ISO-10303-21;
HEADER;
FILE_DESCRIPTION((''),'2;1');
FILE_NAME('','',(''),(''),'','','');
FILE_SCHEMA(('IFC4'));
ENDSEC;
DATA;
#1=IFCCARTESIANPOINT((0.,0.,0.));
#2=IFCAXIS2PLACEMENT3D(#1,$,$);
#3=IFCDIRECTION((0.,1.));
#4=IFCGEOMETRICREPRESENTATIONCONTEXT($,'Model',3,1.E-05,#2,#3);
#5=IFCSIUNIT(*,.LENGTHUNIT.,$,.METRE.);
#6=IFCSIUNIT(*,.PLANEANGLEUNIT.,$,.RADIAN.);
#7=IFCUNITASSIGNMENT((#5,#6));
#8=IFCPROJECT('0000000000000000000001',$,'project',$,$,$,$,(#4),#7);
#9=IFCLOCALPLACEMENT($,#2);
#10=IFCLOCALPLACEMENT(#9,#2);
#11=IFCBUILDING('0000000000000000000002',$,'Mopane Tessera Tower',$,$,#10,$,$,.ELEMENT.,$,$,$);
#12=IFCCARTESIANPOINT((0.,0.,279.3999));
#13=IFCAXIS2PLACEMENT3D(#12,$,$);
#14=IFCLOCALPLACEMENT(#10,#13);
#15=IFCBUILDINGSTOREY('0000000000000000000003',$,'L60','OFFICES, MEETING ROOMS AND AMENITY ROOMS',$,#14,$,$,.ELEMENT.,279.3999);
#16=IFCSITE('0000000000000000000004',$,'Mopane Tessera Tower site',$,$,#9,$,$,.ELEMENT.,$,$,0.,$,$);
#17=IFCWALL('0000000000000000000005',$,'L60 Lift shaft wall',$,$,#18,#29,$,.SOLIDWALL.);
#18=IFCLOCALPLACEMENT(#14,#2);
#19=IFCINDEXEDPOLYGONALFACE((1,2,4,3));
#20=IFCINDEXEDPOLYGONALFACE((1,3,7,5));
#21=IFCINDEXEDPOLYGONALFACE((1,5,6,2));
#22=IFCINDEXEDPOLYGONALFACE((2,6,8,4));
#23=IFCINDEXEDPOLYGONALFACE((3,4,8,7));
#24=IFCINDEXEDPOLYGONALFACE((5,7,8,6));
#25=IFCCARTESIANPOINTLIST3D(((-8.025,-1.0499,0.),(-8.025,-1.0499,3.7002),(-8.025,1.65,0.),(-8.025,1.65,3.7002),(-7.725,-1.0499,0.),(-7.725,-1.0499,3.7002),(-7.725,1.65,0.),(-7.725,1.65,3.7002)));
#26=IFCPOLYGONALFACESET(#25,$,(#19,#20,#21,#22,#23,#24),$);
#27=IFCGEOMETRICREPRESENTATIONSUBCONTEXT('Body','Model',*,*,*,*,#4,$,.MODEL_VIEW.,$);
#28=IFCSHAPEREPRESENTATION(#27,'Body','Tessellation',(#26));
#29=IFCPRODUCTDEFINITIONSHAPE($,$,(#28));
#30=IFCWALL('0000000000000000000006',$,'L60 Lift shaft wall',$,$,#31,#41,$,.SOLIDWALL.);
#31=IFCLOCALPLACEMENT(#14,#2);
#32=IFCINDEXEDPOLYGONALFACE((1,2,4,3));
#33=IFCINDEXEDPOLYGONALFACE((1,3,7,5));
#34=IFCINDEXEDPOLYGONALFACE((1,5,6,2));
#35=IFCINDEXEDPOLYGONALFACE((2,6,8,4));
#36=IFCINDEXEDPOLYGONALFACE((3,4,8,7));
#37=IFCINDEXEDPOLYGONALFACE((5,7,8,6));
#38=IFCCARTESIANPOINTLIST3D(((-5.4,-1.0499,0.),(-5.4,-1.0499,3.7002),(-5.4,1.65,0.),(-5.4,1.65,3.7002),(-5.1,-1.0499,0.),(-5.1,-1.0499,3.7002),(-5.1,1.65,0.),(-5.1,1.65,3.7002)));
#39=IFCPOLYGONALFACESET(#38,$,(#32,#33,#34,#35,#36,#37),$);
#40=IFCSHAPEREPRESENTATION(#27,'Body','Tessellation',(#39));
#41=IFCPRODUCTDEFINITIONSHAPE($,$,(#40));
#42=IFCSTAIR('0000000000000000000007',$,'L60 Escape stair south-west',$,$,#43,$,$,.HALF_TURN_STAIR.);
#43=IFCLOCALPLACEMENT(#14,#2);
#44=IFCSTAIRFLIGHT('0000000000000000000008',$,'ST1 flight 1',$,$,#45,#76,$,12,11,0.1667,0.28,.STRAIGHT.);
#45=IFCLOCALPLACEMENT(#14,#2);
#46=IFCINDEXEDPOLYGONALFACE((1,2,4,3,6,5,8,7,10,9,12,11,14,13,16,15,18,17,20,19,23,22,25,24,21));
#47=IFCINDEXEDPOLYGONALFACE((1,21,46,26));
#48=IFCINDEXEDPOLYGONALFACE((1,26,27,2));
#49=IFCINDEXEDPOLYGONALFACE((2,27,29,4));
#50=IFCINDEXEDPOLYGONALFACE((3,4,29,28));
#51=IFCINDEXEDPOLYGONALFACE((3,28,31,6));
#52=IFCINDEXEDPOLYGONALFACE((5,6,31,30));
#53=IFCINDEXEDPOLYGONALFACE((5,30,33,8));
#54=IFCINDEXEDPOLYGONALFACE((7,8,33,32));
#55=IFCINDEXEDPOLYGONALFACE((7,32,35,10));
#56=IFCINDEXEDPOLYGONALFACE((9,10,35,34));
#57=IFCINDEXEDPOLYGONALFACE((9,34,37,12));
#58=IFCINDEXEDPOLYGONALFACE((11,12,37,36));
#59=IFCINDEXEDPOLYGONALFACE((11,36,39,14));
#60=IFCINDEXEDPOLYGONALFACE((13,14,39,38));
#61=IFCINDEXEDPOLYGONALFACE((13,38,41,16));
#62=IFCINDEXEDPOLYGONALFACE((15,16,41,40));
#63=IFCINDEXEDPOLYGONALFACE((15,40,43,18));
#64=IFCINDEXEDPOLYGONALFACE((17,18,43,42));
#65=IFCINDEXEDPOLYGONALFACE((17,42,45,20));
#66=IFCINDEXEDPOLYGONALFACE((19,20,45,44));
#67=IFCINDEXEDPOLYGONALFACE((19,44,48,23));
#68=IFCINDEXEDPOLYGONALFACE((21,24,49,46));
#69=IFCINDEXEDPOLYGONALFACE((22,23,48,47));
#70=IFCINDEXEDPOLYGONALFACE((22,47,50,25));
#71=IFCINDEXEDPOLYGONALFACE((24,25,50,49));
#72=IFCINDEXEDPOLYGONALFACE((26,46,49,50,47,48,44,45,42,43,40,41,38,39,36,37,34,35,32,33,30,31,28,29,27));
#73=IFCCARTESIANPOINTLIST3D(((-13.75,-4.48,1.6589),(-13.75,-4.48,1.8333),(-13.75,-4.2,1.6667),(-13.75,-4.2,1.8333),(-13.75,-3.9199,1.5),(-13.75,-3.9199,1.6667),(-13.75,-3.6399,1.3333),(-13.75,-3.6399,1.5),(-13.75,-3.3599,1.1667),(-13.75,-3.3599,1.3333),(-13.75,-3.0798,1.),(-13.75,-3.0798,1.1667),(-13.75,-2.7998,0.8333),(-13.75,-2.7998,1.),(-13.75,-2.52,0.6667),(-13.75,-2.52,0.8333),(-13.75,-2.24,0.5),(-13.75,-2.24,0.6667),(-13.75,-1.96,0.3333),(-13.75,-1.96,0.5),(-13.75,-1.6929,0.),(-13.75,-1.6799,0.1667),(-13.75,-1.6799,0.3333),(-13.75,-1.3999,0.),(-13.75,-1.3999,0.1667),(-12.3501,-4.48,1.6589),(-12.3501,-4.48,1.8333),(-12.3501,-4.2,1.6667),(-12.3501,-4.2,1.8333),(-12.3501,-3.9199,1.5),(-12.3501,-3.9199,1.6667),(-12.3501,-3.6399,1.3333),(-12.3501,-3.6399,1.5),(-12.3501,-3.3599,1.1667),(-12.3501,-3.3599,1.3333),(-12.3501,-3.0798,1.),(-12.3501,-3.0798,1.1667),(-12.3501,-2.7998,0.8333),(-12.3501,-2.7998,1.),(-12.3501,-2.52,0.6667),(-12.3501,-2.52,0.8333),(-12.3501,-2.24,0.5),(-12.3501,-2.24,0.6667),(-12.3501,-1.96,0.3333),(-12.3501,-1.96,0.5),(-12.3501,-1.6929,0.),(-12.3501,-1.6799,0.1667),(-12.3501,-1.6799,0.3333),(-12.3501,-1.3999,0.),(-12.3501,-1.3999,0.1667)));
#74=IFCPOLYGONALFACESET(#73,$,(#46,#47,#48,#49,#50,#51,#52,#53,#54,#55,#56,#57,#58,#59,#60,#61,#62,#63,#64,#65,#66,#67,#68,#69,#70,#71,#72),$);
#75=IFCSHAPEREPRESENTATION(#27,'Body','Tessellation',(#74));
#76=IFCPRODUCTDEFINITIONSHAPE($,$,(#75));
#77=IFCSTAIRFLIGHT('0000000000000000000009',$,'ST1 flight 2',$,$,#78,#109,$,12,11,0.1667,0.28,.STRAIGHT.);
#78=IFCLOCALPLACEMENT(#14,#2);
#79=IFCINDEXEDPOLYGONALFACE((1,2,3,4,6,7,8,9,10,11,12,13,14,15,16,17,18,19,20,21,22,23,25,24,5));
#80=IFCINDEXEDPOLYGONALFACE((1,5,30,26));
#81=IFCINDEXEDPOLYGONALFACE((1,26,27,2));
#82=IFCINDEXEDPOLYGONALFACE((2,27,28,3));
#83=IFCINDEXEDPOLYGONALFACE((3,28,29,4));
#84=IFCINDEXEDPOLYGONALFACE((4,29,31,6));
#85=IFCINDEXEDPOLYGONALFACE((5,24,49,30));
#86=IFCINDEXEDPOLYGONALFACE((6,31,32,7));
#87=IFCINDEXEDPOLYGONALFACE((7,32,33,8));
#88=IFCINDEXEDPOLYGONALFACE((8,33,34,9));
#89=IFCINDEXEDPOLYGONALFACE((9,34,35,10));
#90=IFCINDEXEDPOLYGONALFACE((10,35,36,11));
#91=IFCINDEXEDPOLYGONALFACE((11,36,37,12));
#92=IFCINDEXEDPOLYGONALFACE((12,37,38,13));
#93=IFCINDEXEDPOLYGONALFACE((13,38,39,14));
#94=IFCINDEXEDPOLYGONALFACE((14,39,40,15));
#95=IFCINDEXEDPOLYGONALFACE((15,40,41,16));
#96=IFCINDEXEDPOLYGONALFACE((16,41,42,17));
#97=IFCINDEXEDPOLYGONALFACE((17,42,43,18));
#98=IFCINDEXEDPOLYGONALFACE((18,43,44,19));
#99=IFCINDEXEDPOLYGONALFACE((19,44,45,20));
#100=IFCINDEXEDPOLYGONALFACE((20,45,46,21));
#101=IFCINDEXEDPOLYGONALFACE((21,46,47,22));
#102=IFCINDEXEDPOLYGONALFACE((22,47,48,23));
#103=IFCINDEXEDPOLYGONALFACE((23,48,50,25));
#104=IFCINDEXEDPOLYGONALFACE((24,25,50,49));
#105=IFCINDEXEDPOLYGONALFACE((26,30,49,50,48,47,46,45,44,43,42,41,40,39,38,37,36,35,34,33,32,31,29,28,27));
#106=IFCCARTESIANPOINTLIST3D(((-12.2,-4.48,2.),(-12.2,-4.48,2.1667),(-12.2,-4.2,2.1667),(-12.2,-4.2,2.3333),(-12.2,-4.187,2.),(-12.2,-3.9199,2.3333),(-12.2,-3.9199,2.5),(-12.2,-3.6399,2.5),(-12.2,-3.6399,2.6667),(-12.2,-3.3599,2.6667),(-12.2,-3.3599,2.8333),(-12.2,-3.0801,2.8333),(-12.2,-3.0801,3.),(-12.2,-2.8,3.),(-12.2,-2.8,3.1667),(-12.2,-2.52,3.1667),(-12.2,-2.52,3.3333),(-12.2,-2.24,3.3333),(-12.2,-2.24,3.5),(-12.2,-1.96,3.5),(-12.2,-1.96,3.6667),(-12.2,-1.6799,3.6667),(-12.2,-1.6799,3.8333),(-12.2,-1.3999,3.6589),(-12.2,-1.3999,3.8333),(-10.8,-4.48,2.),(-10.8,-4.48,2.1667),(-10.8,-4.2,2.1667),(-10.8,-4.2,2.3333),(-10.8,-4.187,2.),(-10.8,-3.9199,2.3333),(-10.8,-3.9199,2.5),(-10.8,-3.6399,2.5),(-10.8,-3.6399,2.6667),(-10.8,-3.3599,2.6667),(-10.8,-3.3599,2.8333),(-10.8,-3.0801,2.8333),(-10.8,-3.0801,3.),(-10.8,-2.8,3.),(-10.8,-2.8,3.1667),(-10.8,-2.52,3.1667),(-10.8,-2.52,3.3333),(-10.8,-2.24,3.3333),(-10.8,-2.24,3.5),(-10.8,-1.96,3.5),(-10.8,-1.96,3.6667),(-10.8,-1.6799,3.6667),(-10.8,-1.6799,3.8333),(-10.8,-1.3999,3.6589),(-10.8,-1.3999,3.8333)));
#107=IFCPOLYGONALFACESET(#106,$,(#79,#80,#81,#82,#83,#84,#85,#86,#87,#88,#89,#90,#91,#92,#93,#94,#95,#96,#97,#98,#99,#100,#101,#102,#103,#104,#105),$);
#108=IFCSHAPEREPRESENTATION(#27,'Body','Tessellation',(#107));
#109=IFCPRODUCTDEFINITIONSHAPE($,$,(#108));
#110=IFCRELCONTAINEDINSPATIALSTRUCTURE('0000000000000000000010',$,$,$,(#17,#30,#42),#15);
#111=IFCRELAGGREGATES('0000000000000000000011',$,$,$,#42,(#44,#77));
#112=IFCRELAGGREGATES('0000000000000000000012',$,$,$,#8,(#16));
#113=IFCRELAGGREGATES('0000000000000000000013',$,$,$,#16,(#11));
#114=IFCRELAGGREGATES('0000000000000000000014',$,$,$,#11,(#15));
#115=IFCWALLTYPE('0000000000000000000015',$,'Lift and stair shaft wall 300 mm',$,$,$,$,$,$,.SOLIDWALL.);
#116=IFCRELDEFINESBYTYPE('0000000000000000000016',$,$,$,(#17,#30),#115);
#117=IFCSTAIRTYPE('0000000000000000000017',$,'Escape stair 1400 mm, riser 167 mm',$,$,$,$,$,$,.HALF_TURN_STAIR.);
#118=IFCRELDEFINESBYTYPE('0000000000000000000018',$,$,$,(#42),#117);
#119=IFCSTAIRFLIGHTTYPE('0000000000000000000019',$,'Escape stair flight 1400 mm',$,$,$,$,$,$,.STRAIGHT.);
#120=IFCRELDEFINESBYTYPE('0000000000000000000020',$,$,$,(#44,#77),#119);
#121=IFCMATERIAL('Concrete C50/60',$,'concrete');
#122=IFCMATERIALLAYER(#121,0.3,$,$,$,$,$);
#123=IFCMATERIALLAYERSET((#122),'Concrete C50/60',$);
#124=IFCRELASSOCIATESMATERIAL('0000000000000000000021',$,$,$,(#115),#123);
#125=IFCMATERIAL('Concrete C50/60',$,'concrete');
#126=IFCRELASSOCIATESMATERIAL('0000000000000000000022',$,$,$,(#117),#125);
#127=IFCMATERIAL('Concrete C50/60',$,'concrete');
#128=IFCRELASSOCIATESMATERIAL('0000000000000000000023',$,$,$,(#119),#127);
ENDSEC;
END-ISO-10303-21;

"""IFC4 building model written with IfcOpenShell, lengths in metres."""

from ifc_helpers import new_model, si_unit, direction, frame, frame_2d, origin, place, context, subcontext, project, spatial, polyline, rectangle, outline, extrude, material, layer, layer_set, type_object, element, aggregate, save


model = new_model("IFC4")

# Units and contexts
model_context = context("Model", 3, precision=1e-05, world=origin(), true_north=direction((0.0, 1.0)))
body_context = subcontext(model_context, "Body", "Model", "MODEL_VIEW")
ifc_project = project(units=[si_unit("LENGTHUNIT", "METRE"), si_unit("PLANEANGLEUNIT", "RADIAN")], contexts=[model_context])

# Site, building, storey
site_placement = place(None, origin())
site = spatial("IfcSite", under=ifc_project, at=site_placement, Name="Mopane Tessera Tower site", CompositionType="ELEMENT", RefElevation=0.0)
building_placement = place(site_placement, origin())
building = spatial("IfcBuilding", under=site, at=building_placement, Name="Mopane Tessera Tower", CompositionType="ELEMENT")
storey_placement = place(building_placement, frame((0.0, 0.0, 279.3999)))
storey = spatial("IfcBuildingStorey", under=building, at=storey_placement, Name="L60", Description="OFFICES, MEETING ROOMS AND AMENITY ROOMS", CompositionType="ELEMENT", Elevation=279.3999)

# Shared definitions
ifc_material_1 = material(Name="Concrete C50/60", Category="concrete")
ifc_layer_1 = layer(ifc_material_1, 0.3)
ifc_layer_set_1 = layer_set([ifc_layer_1], Name="Concrete C50/60")
wall_type_1 = type_object("IfcWallType", Name="Lift and stair shaft wall 300 mm", PredefinedType="SOLIDWALL", material=ifc_layer_set_1)

# Walls
for number, where, z_axis, x_axis, name in (
    (1, (-7.875, -1.05, 0.0), (0.0, 0.0, 1.0), (0.0, 1.0, 0.0), "L60 Lift shaft wall"),
    (2, (-5.25, -1.05, 0.0), (0.0, 0.0, 1.0), (0.0, 1.0, 0.0), "L60 Lift shaft wall"),
):
    element("IfcWall", number, at=place(storey_placement, frame(where, z_axis=z_axis, x_axis=x_axis)), inside=storey, type_object=wall_type_1, Name=name, PredefinedType="SOLIDWALL", context=body_context, shape_type="SweptSolid", body=[
        extrude(rectangle(XDim=2.7, YDim=0.3, at=frame_2d((1.3501, 0.0))), origin(), (0.0, 0.0, 1.0), 3.7002),
    ])

# Stair, stair flights
ifc_material_2 = material(Name="Concrete C50/60", Category="concrete")
stair_type = type_object("IfcStairType", Name="Escape stair 1400 mm, riser 167 mm", PredefinedType="HALF_TURN_STAIR", material=ifc_material_2)
stair_placement = place(storey_placement, origin())
stair = element("IfcStair", 3, at=stair_placement, inside=storey, type_object=stair_type, Name="L60 Escape stair south-west", PredefinedType="HALF_TURN_STAIR")
ifc_material_3 = material(Name="Concrete C50/60", Category="concrete")
stair_flight_type = type_object("IfcStairFlightType", Name="Escape stair flight 1400 mm", PredefinedType="STRAIGHT", material=ifc_material_3)
stair_flight_1_placement = place(storey_placement, frame((-13.05, -1.3999, 0.0), z_axis=(0.0, 0.0, 1.0), x_axis=(0.0, -1.0, 0.0)))
stair_flight_1 = element("IfcStairFlight", 4, at=stair_flight_1_placement, type_object=stair_flight_type, Name="ST1 flight 1", NumberOfRisers=12, NumberOfTreads=11, PredefinedType="STRAIGHT", RiserHeight=0.1667, TreadLength=0.28, context=body_context, shape_type="SweptSolid", body=[
    extrude(outline(polyline([(0.0, 0.0), (0.0, 0.1667), (0.28, 0.1667), (0.28, 0.3333), (0.5601, 0.3333), (0.5601, 0.5), (0.8401, 0.5), (0.8401, 0.6667), (1.1201, 0.6667), (1.1201, 0.8333), (1.3999, 0.8333), (1.3999, 1.0), (1.6799, 1.0), (1.6799, 1.1667), (1.96, 1.1667), (1.96, 1.3333), (2.24, 1.3333), (2.24, 1.5), (2.52, 1.5), (2.52, 1.6667), (2.8, 1.6667), (2.8, 1.8333), (3.0801, 1.8333), (3.0801, 2.0), (3.0801, 1.6589), (0.293, 0.0), (0.0, 0.0)])), frame((0.0, 0.7, 0.0), z_axis=(0.0, -1.0, 0.0), x_axis=(1.0, 0.0, 0.0)), (0.0, 0.0, 1.0), 1.3999),
])
stair_flight_2_placement = place(storey_placement, frame((-11.5, -4.48, 2.0), z_axis=(0.0, 0.0, 1.0), x_axis=(0.0, 1.0, 0.0)))
stair_flight_2 = element("IfcStairFlight", 5, at=stair_flight_2_placement, type_object=stair_flight_type, Name="ST1 flight 2", NumberOfRisers=12, NumberOfTreads=11, PredefinedType="STRAIGHT", RiserHeight=0.1667, TreadLength=0.28, context=body_context, shape_type="SweptSolid", body=[
    extrude(outline(polyline([(0.0, 0.0), (0.0, 0.1667), (0.28, 0.1667), (0.28, 0.3333), (0.5601, 0.3333), (0.5601, 0.5), (0.8401, 0.5), (0.8401, 0.6667), (1.1201, 0.6667), (1.1201, 0.8333), (1.3999, 0.8333), (1.3999, 1.0), (1.6799, 1.0), (1.6799, 1.1667), (1.96, 1.1667), (1.96, 1.3333), (2.24, 1.3333), (2.24, 1.5), (2.52, 1.5), (2.52, 1.6667), (2.8, 1.6667), (2.8, 1.8333), (3.0801, 1.8333), (3.0801, 2.0), (3.0801, 1.6589), (0.293, 0.0), (0.0, 0.0)])), frame((0.0, 0.7, 0.0), z_axis=(0.0, -1.0, 0.0), x_axis=(1.0, 0.0, 0.0)), (0.0, 0.0, 1.0), 1.3999),
])
aggregate(stair, [stair_flight_1, stair_flight_2])

save(model, "model.ifc")
